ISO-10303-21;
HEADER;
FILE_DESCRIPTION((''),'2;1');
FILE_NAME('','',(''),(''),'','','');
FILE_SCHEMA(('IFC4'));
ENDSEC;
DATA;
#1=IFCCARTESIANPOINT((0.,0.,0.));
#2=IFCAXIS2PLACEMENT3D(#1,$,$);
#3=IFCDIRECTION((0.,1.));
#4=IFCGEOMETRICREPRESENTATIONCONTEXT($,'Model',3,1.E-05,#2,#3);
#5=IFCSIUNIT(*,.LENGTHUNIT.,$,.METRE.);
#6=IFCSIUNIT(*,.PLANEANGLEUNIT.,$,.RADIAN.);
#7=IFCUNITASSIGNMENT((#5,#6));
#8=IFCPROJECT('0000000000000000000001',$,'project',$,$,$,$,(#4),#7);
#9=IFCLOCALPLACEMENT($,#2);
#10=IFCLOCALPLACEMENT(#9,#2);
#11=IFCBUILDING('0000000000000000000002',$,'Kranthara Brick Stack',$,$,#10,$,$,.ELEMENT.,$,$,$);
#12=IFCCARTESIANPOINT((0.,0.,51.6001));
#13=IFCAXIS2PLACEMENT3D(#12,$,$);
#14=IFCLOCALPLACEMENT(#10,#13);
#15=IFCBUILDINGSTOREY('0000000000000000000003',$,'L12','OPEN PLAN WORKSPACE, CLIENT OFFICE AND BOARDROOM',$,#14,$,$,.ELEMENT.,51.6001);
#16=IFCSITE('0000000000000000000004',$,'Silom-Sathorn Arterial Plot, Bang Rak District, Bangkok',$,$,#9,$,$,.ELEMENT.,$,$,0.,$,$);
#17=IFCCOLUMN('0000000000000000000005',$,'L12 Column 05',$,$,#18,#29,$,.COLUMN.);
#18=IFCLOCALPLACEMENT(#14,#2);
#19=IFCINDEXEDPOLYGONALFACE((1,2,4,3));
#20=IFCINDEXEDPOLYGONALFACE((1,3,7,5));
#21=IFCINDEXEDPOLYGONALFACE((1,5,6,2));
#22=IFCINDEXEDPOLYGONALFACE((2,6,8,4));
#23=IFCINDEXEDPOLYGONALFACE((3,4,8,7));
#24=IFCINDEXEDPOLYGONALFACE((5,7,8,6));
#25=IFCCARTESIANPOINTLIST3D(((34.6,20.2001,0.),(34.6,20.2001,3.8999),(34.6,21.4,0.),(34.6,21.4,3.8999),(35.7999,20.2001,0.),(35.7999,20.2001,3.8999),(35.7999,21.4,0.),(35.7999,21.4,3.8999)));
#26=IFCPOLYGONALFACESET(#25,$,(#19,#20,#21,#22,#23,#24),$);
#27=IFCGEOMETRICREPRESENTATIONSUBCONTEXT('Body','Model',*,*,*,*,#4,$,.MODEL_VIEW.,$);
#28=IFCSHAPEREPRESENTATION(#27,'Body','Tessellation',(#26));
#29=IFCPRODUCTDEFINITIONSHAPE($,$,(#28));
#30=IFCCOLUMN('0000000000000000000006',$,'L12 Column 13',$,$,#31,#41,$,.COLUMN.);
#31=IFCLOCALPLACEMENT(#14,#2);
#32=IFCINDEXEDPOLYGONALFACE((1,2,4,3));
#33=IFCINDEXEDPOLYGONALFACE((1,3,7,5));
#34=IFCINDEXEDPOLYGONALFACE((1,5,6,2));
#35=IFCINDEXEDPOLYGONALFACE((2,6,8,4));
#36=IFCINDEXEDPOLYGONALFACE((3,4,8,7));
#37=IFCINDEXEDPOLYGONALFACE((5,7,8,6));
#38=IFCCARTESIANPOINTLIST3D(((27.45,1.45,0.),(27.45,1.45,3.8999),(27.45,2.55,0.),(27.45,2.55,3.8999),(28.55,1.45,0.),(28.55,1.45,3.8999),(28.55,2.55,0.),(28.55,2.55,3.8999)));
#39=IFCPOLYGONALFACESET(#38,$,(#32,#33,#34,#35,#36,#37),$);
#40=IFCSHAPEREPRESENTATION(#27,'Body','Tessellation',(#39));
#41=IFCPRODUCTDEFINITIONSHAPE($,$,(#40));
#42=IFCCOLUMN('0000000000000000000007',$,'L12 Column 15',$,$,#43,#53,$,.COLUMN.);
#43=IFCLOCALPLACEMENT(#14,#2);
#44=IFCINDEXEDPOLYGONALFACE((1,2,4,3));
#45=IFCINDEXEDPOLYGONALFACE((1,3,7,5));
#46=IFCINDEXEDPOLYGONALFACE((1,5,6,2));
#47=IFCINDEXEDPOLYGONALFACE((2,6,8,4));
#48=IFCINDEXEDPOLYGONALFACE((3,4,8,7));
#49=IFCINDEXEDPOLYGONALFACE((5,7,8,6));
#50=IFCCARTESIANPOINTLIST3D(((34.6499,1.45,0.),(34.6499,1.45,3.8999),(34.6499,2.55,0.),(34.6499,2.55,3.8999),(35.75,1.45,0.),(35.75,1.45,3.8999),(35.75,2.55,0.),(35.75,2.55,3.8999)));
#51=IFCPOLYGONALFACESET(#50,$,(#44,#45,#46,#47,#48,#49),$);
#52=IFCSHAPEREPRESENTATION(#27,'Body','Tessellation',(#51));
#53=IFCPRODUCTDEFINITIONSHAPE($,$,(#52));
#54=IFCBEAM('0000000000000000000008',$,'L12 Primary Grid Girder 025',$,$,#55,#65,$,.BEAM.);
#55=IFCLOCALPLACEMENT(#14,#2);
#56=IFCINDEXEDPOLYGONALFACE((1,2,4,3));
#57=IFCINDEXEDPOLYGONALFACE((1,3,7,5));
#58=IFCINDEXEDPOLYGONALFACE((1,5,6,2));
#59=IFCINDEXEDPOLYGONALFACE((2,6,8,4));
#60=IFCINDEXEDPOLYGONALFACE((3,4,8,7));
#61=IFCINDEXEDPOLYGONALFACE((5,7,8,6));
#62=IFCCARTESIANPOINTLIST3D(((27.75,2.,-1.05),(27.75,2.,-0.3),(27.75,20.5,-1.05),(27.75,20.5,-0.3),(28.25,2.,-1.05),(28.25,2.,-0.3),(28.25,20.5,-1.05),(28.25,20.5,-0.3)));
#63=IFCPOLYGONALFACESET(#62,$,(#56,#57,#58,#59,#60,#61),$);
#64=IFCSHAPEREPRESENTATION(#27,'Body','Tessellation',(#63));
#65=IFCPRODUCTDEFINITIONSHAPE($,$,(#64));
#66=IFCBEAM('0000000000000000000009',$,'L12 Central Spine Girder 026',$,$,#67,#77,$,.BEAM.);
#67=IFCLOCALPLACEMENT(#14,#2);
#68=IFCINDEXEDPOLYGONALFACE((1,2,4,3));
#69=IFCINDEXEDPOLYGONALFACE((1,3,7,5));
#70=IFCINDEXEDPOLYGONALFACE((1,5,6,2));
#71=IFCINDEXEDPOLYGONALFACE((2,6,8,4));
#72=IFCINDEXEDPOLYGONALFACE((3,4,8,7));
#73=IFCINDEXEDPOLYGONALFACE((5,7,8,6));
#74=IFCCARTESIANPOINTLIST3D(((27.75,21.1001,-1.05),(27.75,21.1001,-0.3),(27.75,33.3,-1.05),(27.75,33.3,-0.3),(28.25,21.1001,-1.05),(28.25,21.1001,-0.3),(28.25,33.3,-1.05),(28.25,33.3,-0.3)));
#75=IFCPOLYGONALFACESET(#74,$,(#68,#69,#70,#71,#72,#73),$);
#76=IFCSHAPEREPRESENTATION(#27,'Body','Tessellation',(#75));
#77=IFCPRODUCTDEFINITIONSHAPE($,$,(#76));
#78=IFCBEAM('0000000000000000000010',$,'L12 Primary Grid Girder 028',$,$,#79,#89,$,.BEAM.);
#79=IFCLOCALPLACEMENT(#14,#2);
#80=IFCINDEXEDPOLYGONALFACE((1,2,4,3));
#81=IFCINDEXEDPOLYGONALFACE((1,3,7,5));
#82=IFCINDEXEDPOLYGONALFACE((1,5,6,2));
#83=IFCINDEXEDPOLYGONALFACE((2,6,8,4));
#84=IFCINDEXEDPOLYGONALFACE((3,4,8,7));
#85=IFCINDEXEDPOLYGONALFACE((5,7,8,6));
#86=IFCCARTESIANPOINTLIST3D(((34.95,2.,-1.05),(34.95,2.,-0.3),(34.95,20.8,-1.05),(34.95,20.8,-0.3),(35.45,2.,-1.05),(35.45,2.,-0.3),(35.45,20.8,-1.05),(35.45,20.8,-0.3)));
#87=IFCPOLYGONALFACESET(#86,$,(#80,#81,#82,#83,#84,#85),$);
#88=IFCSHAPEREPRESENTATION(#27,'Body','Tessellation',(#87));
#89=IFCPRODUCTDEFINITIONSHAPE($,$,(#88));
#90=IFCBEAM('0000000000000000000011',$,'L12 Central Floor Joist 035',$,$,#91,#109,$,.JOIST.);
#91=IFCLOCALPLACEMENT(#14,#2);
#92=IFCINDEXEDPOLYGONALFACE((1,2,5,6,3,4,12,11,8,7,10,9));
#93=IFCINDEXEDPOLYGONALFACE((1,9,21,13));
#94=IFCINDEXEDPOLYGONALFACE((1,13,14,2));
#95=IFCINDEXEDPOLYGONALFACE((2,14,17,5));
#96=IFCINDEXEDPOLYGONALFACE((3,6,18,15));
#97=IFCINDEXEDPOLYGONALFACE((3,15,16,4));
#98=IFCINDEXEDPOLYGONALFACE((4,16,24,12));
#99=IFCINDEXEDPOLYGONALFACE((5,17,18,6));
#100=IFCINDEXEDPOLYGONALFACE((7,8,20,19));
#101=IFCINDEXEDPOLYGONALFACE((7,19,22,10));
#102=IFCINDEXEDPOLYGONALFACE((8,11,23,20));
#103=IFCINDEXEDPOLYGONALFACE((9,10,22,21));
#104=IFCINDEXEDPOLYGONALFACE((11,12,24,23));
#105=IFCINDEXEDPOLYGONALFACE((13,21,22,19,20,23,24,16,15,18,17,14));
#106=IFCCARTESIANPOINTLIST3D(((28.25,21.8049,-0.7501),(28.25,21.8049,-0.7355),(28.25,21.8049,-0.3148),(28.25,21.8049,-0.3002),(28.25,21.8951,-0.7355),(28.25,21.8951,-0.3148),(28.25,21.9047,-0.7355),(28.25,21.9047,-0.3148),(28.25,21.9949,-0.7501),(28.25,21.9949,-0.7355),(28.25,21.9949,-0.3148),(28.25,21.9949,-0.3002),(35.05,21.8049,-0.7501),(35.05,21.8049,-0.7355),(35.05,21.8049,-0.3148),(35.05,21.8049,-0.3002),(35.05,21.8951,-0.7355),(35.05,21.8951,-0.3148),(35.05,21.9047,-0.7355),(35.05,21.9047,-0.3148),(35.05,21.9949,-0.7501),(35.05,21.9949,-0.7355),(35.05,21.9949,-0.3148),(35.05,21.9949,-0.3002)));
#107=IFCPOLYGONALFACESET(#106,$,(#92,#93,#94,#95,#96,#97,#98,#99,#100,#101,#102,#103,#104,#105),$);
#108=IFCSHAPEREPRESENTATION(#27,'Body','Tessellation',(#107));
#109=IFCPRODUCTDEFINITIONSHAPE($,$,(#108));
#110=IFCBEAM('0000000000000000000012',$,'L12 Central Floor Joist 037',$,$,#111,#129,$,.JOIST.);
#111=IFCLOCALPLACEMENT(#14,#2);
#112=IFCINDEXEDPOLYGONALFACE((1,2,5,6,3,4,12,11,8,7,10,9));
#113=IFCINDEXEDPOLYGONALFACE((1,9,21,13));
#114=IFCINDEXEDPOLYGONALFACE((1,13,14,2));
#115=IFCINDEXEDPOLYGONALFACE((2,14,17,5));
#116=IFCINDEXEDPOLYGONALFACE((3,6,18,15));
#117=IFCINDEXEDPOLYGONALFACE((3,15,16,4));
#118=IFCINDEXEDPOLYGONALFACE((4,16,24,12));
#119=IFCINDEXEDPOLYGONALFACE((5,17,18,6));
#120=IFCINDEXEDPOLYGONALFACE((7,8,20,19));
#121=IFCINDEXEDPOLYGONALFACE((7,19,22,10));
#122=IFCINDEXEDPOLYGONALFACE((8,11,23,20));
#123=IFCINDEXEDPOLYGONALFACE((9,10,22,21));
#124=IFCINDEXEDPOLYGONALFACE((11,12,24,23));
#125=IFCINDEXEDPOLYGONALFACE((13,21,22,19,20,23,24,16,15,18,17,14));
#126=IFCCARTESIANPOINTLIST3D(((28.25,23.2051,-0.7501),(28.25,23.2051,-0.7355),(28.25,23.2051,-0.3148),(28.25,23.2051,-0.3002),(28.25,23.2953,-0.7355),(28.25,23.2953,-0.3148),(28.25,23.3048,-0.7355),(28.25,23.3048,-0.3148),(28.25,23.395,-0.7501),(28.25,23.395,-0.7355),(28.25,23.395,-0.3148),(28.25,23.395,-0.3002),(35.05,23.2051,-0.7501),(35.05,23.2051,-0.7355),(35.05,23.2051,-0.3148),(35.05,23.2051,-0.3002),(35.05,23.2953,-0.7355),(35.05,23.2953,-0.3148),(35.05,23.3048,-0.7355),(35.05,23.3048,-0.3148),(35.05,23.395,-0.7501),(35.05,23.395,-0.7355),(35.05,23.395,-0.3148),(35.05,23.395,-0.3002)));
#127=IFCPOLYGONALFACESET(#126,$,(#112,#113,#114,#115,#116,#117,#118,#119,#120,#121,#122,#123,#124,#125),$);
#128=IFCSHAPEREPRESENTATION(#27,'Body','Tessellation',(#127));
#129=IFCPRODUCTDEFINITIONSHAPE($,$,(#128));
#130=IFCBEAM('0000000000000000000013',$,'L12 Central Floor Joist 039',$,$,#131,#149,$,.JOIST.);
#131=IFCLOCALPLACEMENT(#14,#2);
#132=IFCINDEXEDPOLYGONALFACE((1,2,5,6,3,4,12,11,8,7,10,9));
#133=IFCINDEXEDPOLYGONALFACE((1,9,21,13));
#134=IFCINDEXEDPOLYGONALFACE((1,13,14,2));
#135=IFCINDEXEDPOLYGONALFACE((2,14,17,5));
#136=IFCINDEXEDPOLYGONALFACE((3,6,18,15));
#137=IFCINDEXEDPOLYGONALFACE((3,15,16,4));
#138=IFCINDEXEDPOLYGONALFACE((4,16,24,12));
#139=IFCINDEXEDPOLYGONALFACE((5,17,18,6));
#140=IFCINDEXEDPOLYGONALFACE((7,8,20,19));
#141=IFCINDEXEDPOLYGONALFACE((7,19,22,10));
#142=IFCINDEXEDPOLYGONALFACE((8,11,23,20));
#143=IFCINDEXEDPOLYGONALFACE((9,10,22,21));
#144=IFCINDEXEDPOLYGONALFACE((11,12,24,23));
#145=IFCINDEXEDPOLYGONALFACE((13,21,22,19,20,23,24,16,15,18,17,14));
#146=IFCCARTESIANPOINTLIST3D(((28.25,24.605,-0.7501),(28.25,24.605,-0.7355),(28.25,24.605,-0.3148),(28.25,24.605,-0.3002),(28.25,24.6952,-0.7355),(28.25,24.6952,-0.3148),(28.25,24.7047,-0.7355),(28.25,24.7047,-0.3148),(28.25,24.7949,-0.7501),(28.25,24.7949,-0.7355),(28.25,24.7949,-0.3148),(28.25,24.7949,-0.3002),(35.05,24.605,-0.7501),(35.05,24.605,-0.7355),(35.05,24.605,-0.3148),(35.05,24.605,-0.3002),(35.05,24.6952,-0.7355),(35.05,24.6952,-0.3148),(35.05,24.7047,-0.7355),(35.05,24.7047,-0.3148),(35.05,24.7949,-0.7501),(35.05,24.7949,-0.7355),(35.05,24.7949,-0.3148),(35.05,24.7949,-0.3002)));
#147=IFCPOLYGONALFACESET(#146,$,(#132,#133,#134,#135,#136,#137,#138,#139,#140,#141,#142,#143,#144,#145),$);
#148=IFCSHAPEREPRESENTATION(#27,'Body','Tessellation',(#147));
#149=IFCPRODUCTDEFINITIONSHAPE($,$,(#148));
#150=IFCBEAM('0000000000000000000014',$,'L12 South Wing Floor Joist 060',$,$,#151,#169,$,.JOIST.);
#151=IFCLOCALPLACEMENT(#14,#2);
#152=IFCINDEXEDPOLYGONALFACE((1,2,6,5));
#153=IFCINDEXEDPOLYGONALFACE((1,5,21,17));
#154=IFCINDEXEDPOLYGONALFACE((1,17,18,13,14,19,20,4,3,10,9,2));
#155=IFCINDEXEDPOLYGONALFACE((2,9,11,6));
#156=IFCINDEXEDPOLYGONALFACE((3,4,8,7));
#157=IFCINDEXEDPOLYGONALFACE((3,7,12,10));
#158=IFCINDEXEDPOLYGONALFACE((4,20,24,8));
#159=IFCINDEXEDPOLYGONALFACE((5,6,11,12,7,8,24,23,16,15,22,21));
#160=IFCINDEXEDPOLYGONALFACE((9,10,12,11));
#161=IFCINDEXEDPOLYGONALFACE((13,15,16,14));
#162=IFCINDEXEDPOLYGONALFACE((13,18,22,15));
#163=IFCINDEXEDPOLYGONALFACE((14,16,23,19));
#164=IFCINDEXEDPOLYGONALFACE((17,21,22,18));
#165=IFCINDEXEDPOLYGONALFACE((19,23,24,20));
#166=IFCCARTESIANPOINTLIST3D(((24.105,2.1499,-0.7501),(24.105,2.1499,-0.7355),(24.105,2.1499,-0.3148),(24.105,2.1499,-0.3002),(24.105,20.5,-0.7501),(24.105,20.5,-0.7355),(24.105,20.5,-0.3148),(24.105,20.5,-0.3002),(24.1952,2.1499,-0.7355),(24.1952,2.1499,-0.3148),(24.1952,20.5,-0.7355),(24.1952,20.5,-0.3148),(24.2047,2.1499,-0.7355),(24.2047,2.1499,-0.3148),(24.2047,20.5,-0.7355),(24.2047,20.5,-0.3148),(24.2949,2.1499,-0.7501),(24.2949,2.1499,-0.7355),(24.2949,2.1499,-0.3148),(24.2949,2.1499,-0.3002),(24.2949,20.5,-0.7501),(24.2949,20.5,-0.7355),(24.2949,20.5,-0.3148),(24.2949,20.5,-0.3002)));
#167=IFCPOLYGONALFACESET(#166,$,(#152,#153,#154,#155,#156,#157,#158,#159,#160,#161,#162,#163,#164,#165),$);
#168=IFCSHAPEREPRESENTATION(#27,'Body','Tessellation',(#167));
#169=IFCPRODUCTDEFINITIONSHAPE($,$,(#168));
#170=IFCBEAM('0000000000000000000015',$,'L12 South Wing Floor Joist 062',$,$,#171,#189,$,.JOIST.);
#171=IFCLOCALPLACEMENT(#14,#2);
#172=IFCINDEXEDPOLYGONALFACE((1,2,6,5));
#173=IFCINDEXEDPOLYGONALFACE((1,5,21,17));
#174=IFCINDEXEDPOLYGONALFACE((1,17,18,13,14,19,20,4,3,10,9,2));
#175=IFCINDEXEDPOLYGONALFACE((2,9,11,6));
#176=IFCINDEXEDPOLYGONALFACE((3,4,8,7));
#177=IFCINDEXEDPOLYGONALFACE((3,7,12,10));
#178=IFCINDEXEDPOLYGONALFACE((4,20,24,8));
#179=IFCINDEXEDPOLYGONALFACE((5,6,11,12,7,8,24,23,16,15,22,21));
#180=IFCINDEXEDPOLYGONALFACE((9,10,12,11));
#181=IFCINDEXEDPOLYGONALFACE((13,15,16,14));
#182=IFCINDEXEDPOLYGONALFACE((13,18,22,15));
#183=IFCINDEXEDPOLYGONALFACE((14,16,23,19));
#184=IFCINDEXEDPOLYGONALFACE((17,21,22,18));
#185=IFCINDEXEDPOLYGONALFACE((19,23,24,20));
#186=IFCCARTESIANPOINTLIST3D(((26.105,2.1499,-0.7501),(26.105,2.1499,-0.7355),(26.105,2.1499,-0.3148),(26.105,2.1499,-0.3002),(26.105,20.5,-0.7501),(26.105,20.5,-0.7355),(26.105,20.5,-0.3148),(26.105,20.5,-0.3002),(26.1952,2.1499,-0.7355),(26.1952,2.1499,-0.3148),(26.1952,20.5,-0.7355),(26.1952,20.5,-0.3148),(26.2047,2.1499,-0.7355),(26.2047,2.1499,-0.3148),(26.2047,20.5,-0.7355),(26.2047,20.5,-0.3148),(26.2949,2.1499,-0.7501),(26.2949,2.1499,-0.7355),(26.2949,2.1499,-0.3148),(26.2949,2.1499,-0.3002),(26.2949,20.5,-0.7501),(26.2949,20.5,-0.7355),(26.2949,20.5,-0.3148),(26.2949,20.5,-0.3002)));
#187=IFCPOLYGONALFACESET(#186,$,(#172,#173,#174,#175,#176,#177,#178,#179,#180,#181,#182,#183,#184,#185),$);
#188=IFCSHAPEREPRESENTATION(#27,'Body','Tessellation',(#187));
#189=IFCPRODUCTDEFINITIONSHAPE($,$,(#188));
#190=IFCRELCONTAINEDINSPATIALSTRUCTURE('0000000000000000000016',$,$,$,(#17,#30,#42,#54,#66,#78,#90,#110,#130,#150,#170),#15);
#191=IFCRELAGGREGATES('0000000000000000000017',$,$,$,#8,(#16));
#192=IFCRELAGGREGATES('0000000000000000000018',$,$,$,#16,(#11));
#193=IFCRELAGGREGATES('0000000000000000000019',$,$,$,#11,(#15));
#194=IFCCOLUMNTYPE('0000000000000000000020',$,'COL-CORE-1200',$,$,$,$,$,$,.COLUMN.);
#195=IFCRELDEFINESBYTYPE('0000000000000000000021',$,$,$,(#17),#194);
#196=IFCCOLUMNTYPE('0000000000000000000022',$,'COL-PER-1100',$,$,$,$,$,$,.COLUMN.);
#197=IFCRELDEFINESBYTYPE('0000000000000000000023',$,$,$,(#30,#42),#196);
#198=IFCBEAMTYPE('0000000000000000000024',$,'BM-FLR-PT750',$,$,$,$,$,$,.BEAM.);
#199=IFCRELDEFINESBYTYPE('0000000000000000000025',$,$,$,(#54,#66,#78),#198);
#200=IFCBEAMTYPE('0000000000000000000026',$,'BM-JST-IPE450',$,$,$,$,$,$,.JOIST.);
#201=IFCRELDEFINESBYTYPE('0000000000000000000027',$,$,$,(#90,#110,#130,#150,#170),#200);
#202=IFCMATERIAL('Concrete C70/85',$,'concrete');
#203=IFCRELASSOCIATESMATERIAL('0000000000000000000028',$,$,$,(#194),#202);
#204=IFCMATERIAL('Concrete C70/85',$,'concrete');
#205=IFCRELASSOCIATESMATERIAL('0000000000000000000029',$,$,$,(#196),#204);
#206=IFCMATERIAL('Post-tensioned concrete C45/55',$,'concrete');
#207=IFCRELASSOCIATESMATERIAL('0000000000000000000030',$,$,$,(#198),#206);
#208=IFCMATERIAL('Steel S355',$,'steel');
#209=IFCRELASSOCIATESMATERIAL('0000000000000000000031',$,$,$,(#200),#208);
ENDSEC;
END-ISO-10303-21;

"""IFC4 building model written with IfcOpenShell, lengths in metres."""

from ifc_helpers import new_model, si_unit, direction, frame, origin, origin_2d, place, context, subcontext, project, spatial, rectangle, i_section, extrude, material, material_profile, profile_set, type_object, element, save


model = new_model("IFC4")

# Units and contexts
model_context = context("Model", 3, precision=1e-05, world=origin(), true_north=direction((0.0, 1.0)))
body_context = subcontext(model_context, "Body", "Model", "MODEL_VIEW")
ifc_project = project(units=[si_unit("LENGTHUNIT", "METRE"), si_unit("PLANEANGLEUNIT", "RADIAN")], contexts=[model_context])

# Site, building, storey
site_placement = place(None, origin())
site = spatial("IfcSite", under=ifc_project, at=site_placement, Name="Silom-Sathorn Arterial Plot, Bang Rak District, Bangkok", CompositionType="ELEMENT", RefElevation=0.0)
building_placement = place(site_placement, origin())
building = spatial("IfcBuilding", under=site, at=building_placement, Name="Kranthara Brick Stack", CompositionType="ELEMENT")
storey_placement = place(building_placement, frame((0.0, 0.0, 51.6001)))
storey = spatial("IfcBuildingStorey", under=building, at=storey_placement, Name="L12", Description="OPEN PLAN WORKSPACE, CLIENT OFFICE AND BOARDROOM", CompositionType="ELEMENT", Elevation=51.6001)

# Columns
ifc_material_1 = material(Name="Concrete C70/85", Category="concrete")
ifc_material_profile_1 = material_profile(ifc_material_1, rectangle(XDim=1.2, YDim=1.2, at=origin_2d()), Name="RC 1200x1200")
ifc_profile_set_1 = profile_set([ifc_material_profile_1], Name="Concrete C70/85")
column_type_1 = type_object("IfcColumnType", Name="COL-CORE-1200", PredefinedType="COLUMN", material=ifc_profile_set_1)
column_placement = place(storey_placement, frame((35.2, 20.8, 0.0), z_axis=(0.0, 0.0, 1.0), x_axis=(1.0, 0.0, 0.0)))
element("IfcColumn", 1, at=column_placement, inside=storey, type_object=column_type_1, Name="L12 Column 05", PredefinedType="COLUMN", context=body_context, shape_type="SweptSolid", body=[
    extrude(rectangle(XDim=1.2, YDim=1.2, at=origin_2d()), origin(), (0.0, 0.0, 1.0), 3.8999),
])
ifc_material_2 = material(Name="Concrete C70/85", Category="concrete")
ifc_material_profile_2 = material_profile(ifc_material_2, rectangle(XDim=1.1001, YDim=1.1001, at=origin_2d()), Name="RC 1100x1100")
ifc_profile_set_2 = profile_set([ifc_material_profile_2], Name="Concrete C70/85")
column_type_2 = type_object("IfcColumnType", Name="COL-PER-1100", PredefinedType="COLUMN", material=ifc_profile_set_2)
for number, where, z_axis, x_axis, name in (
    (2, (28.0, 2.0, 0.0), (0.0, 0.0, 1.0), (1.0, 0.0, 0.0), "L12 Column 13"),
    (3, (35.2, 2.0, 0.0), (0.0, 0.0, 1.0), (1.0, 0.0, 0.0), "L12 Column 15"),
):
    element("IfcColumn", number, at=place(storey_placement, frame(where, z_axis=z_axis, x_axis=x_axis)), inside=storey, type_object=column_type_2, Name=name, PredefinedType="COLUMN", context=body_context, shape_type="SweptSolid", body=[
        extrude(rectangle(XDim=1.1001, YDim=1.1001, at=origin_2d()), origin(), (0.0, 0.0, 1.0), 3.8999),
    ])

# Beams
ifc_material_3 = material(Name="Post-tensioned concrete C45/55", Category="concrete")
ifc_material_profile_3 = material_profile(ifc_material_3, rectangle(XDim=0.5, YDim=0.75, at=origin_2d()), Name="PT 500x750")
ifc_profile_set_3 = profile_set([ifc_material_profile_3], Name="Post-tensioned concrete C45/55")
beam_type_1 = type_object("IfcBeamType", Name="BM-FLR-PT750", PredefinedType="BEAM", material=ifc_profile_set_3)
beam_1_placement = place(storey_placement, frame((28.0, 2.0, -0.675), z_axis=(0.0, 1.0, 0.0), x_axis=(-1.0, 0.0, 0.0)))
element("IfcBeam", 4, at=beam_1_placement, inside=storey, type_object=beam_type_1, Name="L12 Primary Grid Girder 025", PredefinedType="BEAM", context=body_context, shape_type="SweptSolid", body=[
    extrude(rectangle(XDim=0.5, YDim=0.75, at=origin_2d()), origin(), (0.0, 0.0, 1.0), 18.5),
])
beam_2_placement = place(storey_placement, frame((28.0, 21.1001, -0.675), z_axis=(0.0, 1.0, 0.0), x_axis=(-1.0, 0.0, 0.0)))
element("IfcBeam", 5, at=beam_2_placement, inside=storey, type_object=beam_type_1, Name="L12 Central Spine Girder 026", PredefinedType="BEAM", context=body_context, shape_type="SweptSolid", body=[
    extrude(rectangle(XDim=0.5, YDim=0.75, at=origin_2d()), origin(), (0.0, 0.0, 1.0), 12.2),
])
beam_3_placement = place(storey_placement, frame((35.2, 2.0, -0.675), z_axis=(0.0, 1.0, 0.0), x_axis=(-1.0, 0.0, 0.0)))
element("IfcBeam", 6, at=beam_3_placement, inside=storey, type_object=beam_type_1, Name="L12 Primary Grid Girder 028", PredefinedType="BEAM", context=body_context, shape_type="SweptSolid", body=[
    extrude(rectangle(XDim=0.5, YDim=0.75, at=origin_2d()), origin(), (0.0, 0.0, 1.0), 18.8),
])
ifc_material_4 = material(Name="Steel S355", Category="steel")
ifc_material_profile_4 = material_profile(ifc_material_4, i_section(OverallWidth=0.1899, OverallDepth=0.45, WebThickness=0.0095, FlangeThickness=0.0146, at=origin_2d()), Name="IPE 450")
ifc_profile_set_4 = profile_set([ifc_material_profile_4], Name="Steel S355")
beam_type_2 = type_object("IfcBeamType", Name="BM-JST-IPE450", PredefinedType="JOIST", material=ifc_profile_set_4)
for number, where, z_axis, x_axis, name in (
    (7, (28.25, 21.8999, -0.5251), (1.0, 0.0, 0.0), (0.0, 1.0, 0.0), "L12 Central Floor Joist 035"),
    (8, (28.25, 23.3, -0.5251), (1.0, 0.0, 0.0), (0.0, 1.0, 0.0), "L12 Central Floor Joist 037"),
    (9, (28.25, 24.7, -0.5251), (1.0, 0.0, 0.0), (0.0, 1.0, 0.0), "L12 Central Floor Joist 039"),
):
    element("IfcBeam", number, at=place(storey_placement, frame(where, z_axis=z_axis, x_axis=x_axis)), inside=storey, type_object=beam_type_2, Name=name, PredefinedType="JOIST", context=body_context, shape_type="SweptSolid", body=[
        extrude(i_section(OverallWidth=0.1899, OverallDepth=0.45, WebThickness=0.0095, FlangeThickness=0.0146, at=origin_2d()), origin(), (0.0, 0.0, 1.0), 6.8),
    ])
for number, where, z_axis, x_axis, name in (
    (10, (24.2, 2.1499, -0.5251), (0.0, 1.0, 0.0), (-1.0, 0.0, 0.0), "L12 South Wing Floor Joist 060"),
    (11, (26.2, 2.1499, -0.5251), (0.0, 1.0, 0.0), (-1.0, 0.0, 0.0), "L12 South Wing Floor Joist 062"),
):
    element("IfcBeam", number, at=place(storey_placement, frame(where, z_axis=z_axis, x_axis=x_axis)), inside=storey, type_object=beam_type_2, Name=name, PredefinedType="JOIST", context=body_context, shape_type="SweptSolid", body=[
        extrude(i_section(OverallWidth=0.1899, OverallDepth=0.45, WebThickness=0.0095, FlangeThickness=0.0146, at=origin_2d()), origin(), (0.0, 0.0, 1.0), 18.3501),
    ])

save(model, "model.ifc")
